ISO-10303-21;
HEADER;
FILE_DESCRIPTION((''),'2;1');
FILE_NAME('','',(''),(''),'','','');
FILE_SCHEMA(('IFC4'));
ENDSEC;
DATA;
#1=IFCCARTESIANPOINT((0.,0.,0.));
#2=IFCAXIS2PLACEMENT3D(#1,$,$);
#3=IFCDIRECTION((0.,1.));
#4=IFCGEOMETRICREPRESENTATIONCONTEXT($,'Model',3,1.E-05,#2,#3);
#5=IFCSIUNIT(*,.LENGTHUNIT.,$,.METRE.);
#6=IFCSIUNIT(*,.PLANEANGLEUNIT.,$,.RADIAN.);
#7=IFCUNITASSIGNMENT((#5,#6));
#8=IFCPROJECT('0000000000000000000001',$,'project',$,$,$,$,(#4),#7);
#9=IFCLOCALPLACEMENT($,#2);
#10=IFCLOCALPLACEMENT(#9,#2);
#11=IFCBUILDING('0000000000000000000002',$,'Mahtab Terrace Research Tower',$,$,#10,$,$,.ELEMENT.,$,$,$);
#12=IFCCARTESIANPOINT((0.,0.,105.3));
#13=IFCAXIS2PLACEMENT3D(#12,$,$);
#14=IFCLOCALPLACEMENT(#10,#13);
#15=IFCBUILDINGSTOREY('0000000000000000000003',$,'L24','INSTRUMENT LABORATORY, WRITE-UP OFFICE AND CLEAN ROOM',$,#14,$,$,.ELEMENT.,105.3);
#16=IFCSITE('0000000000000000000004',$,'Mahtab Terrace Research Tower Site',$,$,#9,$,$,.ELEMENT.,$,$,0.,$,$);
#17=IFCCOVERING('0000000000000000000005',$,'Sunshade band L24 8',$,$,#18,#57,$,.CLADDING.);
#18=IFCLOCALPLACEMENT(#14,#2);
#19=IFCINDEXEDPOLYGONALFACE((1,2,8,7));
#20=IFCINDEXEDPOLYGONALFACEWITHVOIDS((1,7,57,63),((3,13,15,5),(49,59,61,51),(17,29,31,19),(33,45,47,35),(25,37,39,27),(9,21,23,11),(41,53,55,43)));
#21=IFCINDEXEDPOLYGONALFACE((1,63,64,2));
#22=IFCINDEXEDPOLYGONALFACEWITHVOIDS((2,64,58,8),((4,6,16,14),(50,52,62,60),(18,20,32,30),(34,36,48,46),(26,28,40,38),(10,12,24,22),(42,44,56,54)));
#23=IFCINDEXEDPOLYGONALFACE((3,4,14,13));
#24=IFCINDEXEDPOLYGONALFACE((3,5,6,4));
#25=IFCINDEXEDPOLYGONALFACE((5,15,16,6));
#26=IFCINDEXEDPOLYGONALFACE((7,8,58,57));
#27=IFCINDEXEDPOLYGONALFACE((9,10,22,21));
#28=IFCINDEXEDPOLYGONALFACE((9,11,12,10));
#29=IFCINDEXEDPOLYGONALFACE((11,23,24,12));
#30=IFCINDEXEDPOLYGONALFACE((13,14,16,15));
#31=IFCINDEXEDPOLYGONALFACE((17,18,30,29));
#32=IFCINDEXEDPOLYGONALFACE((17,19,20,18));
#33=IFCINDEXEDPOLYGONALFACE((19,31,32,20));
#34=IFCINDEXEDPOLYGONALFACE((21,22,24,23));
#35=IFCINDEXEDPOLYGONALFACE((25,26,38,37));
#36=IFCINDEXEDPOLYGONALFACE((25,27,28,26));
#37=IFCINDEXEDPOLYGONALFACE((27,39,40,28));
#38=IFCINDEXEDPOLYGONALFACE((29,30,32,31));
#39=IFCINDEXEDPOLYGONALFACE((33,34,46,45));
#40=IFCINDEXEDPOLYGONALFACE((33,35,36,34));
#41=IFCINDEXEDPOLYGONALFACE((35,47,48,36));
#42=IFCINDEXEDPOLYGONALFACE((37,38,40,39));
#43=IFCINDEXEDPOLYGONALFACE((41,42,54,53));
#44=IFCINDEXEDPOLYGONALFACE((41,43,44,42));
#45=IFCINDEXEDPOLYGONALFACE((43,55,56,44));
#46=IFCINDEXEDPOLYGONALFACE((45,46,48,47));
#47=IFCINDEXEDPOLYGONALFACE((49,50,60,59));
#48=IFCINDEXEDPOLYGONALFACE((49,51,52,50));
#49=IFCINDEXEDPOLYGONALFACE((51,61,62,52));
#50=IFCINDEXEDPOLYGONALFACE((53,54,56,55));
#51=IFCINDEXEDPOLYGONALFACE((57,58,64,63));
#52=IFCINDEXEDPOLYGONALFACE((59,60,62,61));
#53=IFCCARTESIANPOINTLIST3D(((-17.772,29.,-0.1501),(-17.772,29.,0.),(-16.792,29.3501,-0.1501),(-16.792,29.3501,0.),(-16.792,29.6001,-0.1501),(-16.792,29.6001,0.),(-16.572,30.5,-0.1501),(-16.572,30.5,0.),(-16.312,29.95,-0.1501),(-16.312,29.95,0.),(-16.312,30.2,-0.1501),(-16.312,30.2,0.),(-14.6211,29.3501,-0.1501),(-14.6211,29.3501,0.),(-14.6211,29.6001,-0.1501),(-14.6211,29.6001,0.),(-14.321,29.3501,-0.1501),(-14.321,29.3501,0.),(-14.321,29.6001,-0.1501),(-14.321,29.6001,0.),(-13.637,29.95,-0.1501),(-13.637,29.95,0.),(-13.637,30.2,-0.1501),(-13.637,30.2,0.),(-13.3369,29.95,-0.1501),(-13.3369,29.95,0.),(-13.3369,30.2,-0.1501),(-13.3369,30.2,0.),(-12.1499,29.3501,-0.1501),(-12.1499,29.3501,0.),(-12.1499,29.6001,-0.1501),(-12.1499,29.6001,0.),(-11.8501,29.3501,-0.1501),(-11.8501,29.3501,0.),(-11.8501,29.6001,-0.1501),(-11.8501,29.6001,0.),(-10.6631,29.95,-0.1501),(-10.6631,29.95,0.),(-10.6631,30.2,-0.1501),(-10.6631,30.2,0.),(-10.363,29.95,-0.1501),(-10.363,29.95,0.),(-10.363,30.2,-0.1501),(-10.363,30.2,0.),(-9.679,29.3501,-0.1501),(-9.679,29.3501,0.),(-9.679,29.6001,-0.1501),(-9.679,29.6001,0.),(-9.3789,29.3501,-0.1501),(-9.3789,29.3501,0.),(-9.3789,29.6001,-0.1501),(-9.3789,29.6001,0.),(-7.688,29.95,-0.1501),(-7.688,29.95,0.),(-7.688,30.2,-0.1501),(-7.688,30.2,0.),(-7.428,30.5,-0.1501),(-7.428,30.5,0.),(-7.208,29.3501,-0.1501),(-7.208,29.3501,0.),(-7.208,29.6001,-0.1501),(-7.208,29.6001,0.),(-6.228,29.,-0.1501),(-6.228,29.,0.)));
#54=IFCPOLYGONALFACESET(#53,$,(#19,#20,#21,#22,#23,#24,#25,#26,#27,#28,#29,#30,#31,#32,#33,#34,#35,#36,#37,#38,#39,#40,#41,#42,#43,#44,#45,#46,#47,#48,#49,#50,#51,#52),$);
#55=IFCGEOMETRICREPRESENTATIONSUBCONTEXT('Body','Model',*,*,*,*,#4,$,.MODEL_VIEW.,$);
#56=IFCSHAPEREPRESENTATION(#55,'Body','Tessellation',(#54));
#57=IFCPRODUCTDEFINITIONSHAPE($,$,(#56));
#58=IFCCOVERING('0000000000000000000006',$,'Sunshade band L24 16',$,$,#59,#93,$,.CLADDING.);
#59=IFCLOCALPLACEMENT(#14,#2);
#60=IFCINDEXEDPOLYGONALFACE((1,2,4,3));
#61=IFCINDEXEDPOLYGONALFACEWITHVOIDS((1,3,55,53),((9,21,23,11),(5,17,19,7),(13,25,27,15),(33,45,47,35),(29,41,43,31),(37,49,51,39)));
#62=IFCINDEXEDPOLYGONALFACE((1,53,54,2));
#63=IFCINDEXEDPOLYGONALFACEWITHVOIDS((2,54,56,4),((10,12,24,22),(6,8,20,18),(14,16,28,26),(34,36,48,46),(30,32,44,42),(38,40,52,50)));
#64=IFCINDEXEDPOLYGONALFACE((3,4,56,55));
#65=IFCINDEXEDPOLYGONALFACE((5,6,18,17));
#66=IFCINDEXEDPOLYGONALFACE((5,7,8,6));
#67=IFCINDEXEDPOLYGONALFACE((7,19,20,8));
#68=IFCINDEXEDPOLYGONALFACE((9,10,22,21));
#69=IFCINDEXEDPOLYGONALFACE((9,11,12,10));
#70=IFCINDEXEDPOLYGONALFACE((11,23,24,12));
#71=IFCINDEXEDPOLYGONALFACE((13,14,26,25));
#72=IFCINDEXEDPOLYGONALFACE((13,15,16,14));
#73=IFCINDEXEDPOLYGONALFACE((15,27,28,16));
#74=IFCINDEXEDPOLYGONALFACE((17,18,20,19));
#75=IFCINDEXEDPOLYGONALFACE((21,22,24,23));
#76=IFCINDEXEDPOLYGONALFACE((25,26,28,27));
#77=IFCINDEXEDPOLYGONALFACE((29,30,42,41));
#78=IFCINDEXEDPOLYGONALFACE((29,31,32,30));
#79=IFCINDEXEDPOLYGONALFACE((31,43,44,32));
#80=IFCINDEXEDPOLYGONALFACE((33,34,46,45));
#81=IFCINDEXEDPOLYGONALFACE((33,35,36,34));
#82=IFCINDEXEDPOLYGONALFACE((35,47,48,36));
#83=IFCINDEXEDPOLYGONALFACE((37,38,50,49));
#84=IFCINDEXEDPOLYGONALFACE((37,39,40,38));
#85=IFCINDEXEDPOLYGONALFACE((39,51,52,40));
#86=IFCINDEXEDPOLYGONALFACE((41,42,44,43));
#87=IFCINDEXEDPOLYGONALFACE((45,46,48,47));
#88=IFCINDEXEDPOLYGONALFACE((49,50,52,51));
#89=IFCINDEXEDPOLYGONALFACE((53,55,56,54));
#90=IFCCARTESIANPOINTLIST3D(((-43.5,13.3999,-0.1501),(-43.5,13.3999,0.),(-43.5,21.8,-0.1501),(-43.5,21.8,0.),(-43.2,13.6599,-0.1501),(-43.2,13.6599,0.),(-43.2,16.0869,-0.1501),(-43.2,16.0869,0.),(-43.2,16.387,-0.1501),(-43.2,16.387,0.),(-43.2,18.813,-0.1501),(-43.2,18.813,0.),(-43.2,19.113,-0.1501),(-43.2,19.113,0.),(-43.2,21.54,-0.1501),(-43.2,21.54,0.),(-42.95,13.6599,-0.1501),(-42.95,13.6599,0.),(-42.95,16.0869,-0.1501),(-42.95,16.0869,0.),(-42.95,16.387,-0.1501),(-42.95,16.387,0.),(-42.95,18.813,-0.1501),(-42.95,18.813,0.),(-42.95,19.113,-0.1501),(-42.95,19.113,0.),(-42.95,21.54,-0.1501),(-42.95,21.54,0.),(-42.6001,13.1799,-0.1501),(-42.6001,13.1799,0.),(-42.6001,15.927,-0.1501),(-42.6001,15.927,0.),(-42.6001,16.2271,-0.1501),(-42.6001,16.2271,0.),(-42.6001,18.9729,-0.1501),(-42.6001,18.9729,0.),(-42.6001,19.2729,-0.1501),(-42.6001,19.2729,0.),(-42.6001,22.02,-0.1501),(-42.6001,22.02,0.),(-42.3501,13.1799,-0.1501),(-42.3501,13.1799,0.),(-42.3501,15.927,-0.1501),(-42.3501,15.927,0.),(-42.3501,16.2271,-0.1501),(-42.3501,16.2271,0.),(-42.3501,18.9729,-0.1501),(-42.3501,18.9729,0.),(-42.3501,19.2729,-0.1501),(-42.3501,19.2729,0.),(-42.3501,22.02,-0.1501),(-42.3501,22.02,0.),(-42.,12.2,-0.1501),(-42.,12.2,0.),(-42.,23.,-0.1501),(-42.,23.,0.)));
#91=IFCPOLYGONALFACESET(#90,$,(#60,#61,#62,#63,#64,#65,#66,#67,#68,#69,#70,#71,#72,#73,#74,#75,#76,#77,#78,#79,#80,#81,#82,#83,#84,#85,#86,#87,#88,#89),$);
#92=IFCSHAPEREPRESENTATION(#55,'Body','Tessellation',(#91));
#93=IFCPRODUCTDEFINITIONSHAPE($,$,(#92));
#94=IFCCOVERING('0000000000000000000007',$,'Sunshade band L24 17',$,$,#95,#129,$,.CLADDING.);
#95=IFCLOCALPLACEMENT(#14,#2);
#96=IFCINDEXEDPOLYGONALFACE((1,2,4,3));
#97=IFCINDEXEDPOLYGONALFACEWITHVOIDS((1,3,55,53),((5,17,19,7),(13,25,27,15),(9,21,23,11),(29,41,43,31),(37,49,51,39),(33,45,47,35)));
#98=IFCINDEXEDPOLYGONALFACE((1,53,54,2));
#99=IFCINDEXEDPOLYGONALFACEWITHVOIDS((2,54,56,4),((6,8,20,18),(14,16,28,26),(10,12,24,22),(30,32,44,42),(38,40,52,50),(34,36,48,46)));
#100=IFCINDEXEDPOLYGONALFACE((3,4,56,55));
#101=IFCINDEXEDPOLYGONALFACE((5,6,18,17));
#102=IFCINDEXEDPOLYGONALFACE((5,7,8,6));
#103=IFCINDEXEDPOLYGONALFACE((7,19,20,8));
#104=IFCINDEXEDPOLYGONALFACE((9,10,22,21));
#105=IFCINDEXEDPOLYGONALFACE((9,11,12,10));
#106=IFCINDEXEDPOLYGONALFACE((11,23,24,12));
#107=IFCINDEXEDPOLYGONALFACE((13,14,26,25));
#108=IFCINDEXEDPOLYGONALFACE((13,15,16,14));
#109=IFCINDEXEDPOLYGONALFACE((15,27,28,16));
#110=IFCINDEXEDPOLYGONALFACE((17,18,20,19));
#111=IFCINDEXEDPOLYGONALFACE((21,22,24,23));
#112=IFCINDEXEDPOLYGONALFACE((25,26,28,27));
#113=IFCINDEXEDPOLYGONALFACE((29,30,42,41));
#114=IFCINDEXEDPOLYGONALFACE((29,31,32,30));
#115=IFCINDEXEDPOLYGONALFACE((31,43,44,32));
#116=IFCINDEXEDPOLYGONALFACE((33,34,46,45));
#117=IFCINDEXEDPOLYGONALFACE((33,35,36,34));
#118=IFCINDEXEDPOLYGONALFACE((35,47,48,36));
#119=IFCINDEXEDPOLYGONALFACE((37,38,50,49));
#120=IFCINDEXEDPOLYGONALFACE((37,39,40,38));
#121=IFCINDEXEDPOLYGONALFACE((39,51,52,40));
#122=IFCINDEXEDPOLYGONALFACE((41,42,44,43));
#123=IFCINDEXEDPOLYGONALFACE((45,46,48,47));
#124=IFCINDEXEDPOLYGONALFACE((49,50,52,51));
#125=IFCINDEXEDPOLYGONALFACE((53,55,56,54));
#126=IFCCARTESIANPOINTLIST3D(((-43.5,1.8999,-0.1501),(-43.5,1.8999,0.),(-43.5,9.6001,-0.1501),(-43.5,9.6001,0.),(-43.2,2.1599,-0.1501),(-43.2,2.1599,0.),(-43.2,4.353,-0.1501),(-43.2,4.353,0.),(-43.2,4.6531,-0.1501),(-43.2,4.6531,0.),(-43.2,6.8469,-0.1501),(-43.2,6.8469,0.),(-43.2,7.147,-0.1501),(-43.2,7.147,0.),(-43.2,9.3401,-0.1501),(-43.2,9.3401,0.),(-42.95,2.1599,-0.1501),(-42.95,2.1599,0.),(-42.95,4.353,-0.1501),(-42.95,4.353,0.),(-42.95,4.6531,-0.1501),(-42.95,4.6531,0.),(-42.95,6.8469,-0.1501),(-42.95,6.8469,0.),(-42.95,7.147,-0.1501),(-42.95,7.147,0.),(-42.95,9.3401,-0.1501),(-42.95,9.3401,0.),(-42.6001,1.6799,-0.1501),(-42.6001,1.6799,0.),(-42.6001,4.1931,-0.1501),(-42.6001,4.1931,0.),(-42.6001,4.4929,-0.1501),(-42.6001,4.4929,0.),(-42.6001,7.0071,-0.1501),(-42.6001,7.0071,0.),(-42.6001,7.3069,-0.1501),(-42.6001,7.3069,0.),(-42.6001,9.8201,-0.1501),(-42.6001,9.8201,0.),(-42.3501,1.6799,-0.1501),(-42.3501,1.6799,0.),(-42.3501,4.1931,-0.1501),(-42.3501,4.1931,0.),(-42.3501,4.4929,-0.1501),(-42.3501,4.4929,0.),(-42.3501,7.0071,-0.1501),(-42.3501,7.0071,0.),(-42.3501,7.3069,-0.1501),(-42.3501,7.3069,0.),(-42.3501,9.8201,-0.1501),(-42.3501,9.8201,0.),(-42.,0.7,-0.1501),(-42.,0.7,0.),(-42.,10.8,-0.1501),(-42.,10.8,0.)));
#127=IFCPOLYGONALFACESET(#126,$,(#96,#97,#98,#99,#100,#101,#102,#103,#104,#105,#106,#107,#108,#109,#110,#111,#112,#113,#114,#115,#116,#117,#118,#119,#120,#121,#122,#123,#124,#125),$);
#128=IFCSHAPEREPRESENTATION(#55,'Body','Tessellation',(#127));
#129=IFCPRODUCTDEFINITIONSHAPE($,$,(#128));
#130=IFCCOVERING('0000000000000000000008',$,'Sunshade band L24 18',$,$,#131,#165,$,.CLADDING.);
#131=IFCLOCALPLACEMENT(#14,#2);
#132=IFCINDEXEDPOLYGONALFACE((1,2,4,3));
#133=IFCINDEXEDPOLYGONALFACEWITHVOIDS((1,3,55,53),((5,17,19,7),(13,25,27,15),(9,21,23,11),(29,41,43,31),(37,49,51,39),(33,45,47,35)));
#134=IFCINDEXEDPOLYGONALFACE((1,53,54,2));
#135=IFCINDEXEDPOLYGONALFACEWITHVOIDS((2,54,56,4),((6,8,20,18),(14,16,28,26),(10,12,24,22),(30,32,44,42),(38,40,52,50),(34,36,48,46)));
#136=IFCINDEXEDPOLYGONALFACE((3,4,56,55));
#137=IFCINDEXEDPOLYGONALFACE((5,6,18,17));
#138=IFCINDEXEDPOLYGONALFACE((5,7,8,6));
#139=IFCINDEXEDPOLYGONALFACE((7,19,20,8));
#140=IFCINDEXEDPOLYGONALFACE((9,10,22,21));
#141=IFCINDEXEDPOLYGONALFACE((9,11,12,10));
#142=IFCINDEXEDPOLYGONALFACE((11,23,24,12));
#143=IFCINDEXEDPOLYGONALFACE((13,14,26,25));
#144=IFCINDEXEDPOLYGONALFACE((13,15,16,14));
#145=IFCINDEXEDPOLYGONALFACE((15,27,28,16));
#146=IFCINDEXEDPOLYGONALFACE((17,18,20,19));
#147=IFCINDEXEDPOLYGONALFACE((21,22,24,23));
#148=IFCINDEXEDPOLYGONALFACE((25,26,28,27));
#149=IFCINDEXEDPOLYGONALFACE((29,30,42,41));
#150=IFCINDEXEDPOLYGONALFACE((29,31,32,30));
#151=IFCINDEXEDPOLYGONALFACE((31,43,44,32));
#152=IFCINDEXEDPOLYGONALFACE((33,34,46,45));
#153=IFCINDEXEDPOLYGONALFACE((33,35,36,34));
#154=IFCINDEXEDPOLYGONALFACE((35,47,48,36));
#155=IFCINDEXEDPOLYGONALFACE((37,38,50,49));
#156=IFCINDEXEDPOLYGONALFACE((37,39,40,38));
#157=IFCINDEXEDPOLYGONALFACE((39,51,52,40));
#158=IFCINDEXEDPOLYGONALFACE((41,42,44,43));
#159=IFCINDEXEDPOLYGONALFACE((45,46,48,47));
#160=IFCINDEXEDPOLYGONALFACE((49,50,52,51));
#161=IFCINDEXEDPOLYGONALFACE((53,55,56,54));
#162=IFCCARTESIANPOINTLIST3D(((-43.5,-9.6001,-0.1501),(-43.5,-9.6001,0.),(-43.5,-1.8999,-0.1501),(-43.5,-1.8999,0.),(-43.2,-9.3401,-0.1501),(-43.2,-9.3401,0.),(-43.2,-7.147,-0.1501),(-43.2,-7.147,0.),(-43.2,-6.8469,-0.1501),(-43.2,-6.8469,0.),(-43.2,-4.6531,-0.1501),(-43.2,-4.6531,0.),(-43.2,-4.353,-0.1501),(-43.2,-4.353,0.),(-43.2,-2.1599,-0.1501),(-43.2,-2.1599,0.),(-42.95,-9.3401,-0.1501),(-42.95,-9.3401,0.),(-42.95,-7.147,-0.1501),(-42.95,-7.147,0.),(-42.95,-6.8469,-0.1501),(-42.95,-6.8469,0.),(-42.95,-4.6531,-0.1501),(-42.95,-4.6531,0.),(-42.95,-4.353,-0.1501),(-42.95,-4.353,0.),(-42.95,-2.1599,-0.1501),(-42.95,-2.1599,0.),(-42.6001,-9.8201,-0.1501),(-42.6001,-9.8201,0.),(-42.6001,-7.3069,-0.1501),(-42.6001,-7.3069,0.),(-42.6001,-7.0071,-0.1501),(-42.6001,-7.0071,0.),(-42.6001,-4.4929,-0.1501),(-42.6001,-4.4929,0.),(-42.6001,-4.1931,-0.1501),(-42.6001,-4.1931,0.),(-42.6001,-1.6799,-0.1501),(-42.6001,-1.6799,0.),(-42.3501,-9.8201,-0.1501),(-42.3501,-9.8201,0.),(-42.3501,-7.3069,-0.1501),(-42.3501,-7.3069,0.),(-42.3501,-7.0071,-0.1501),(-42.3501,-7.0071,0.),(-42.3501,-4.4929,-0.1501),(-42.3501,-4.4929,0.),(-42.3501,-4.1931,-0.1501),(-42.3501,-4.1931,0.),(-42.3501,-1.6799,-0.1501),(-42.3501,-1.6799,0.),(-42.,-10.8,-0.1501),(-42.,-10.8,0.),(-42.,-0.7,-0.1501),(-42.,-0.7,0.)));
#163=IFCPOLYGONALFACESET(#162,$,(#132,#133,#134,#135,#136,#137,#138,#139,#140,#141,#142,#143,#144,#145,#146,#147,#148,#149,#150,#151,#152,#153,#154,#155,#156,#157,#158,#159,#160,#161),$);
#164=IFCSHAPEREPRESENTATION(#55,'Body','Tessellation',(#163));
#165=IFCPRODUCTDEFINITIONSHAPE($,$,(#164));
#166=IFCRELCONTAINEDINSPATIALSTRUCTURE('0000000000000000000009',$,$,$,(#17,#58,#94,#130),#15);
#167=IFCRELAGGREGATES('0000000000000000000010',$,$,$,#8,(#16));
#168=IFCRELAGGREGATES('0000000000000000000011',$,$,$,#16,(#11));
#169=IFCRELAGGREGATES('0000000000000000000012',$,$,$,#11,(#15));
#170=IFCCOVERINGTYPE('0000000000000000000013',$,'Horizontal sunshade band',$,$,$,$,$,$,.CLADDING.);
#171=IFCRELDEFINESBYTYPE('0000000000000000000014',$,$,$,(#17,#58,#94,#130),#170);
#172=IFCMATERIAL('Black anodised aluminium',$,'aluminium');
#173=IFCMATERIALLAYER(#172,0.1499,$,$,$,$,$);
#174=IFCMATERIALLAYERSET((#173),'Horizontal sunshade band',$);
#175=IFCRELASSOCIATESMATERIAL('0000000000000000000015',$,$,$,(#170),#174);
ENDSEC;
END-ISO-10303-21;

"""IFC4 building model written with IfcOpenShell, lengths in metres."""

from ifc_helpers import new_model, si_unit, direction, frame, origin, place, context, subcontext, project, spatial, polyline, outline, extrude, material, layer, layer_set, type_object, element, save


model = new_model("IFC4")

# Units and contexts
model_context = context("Model", 3, precision=1e-05, world=origin(), true_north=direction((0.0, 1.0)))
body_context = subcontext(model_context, "Body", "Model", "MODEL_VIEW")
ifc_project = project(units=[si_unit("LENGTHUNIT", "METRE"), si_unit("PLANEANGLEUNIT", "RADIAN")], contexts=[model_context])

# Site, building, storey
site_placement = place(None, origin())
site = spatial("IfcSite", under=ifc_project, at=site_placement, Name="Mahtab Terrace Research Tower Site", CompositionType="ELEMENT", RefElevation=0.0)
building_placement = place(site_placement, origin())
building = spatial("IfcBuilding", under=site, at=building_placement, Name="Mahtab Terrace Research Tower", CompositionType="ELEMENT")
storey_placement = place(building_placement, frame((0.0, 0.0, 105.3)))
storey = spatial("IfcBuildingStorey", under=building, at=storey_placement, Name="L24", Description="INSTRUMENT LABORATORY, WRITE-UP OFFICE AND CLEAN ROOM", CompositionType="ELEMENT", Elevation=105.3)

# Coverings
ifc_material_1 = material(Name="Black anodised aluminium", Category="aluminium")
ifc_layer_1 = layer(ifc_material_1, 0.1499)
ifc_layer_set_1 = layer_set([ifc_layer_1], Name="Horizontal sunshade band")
covering_type_1 = type_object("IfcCoveringType", Name="Horizontal sunshade band", PredefinedType="CLADDING", material=ifc_layer_set_1)
covering_1_placement = place(storey_placement, frame((0.0, 0.0, -0.1501)))
element("IfcCovering", 1, at=covering_1_placement, inside=storey, type_object=covering_type_1, Name="Sunshade band L24 8", PredefinedType="CLADDING", context=body_context, shape_type="SweptSolid", body=[
    extrude(outline(polyline([(-6.228, 29.0), (-17.772, 29.0), (-16.572, 30.5), (-7.428, 30.5), (-6.228, 29.0)]), holes=[polyline([(-7.208, 29.3501), (-9.3789, 29.3501), (-9.3789, 29.6001), (-7.208, 29.6001), (-7.208, 29.3501)]), polyline([(-9.679, 29.3501), (-11.8501, 29.3501), (-11.8501, 29.6001), (-9.679, 29.6001), (-9.679, 29.3501)]), polyline([(-12.1499, 29.3501), (-14.321, 29.3501), (-14.321, 29.6001), (-12.1499, 29.6001), (-12.1499, 29.3501)]), polyline([(-14.6211, 29.3501), (-16.792, 29.3501), (-16.792, 29.6001), (-14.6211, 29.6001), (-14.6211, 29.3501)]), polyline([(-7.688, 29.95), (-10.363, 29.95), (-10.363, 30.2), (-7.688, 30.2), (-7.688, 29.95)]), polyline([(-10.6631, 29.95), (-13.3369, 29.95), (-13.3369, 30.2), (-10.6631, 30.2), (-10.6631, 29.95)]), polyline([(-13.637, 29.95), (-16.312, 29.95), (-16.312, 30.2), (-13.637, 30.2), (-13.637, 29.95)])]), origin(), (0.0, 0.0, 1.0), 0.1501),
])
covering_2_placement = place(storey_placement, frame((0.0, 0.0, -0.1501)))
element("IfcCovering", 2, at=covering_2_placement, inside=storey, type_object=covering_type_1, Name="Sunshade band L24 16", PredefinedType="CLADDING", context=body_context, shape_type="SweptSolid", body=[
    extrude(outline(polyline([(-42.0, 23.0), (-42.0, 12.2), (-43.5, 13.3999), (-43.5, 21.8), (-42.0, 23.0)]), holes=[polyline([(-42.3501, 22.02), (-42.3501, 19.2729), (-42.6001, 19.2729), (-42.6001, 22.02), (-42.3501, 22.02)]), polyline([(-42.3501, 18.9729), (-42.3501, 16.2271), (-42.6001, 16.2271), (-42.6001, 18.9729), (-42.3501, 18.9729)]), polyline([(-42.3501, 15.927), (-42.3501, 13.1799), (-42.6001, 13.1799), (-42.6001, 15.927), (-42.3501, 15.927)]), polyline([(-42.95, 21.54), (-42.95, 19.113), (-43.2, 19.113), (-43.2, 21.54), (-42.95, 21.54)]), polyline([(-42.95, 18.813), (-42.95, 16.387), (-43.2, 16.387), (-43.2, 18.813), (-42.95, 18.813)]), polyline([(-42.95, 16.0869), (-42.95, 13.6599), (-43.2, 13.6599), (-43.2, 16.0869), (-42.95, 16.0869)])]), origin(), (0.0, 0.0, 1.0), 0.1501),
])
covering_3_placement = place(storey_placement, frame((0.0, 0.0, -0.1501)))
element("IfcCovering", 3, at=covering_3_placement, inside=storey, type_object=covering_type_1, Name="Sunshade band L24 17", PredefinedType="CLADDING", context=body_context, shape_type="SweptSolid", body=[
    extrude(outline(polyline([(-42.0, 10.8), (-42.0, 0.7), (-43.5, 1.8999), (-43.5, 9.6001), (-42.0, 10.8)]), holes=[polyline([(-42.3501, 9.8201), (-42.3501, 7.3069), (-42.6001, 7.3069), (-42.6001, 9.8201), (-42.3501, 9.8201)]), polyline([(-42.3501, 7.0071), (-42.3501, 4.4929), (-42.6001, 4.4929), (-42.6001, 7.0071), (-42.3501, 7.0071)]), polyline([(-42.3501, 4.1931), (-42.3501, 1.6799), (-42.6001, 1.6799), (-42.6001, 4.1931), (-42.3501, 4.1931)]), polyline([(-42.95, 9.3401), (-42.95, 7.147), (-43.2, 7.147), (-43.2, 9.3401), (-42.95, 9.3401)]), polyline([(-42.95, 6.8469), (-42.95, 4.6531), (-43.2, 4.6531), (-43.2, 6.8469), (-42.95, 6.8469)]), polyline([(-42.95, 4.353), (-42.95, 2.1599), (-43.2, 2.1599), (-43.2, 4.353), (-42.95, 4.353)])]), origin(), (0.0, 0.0, 1.0), 0.1501),
])
covering_4_placement = place(storey_placement, frame((0.0, 0.0, -0.1501)))
element("IfcCovering", 4, at=covering_4_placement, inside=storey, type_object=covering_type_1, Name="Sunshade band L24 18", PredefinedType="CLADDING", context=body_context, shape_type="SweptSolid", body=[
    extrude(outline(polyline([(-42.0, -0.7), (-42.0, -10.8), (-43.5, -9.6001), (-43.5, -1.8999), (-42.0, -0.7)]), holes=[polyline([(-42.3501, -1.6799), (-42.3501, -4.1931), (-42.6001, -4.1931), (-42.6001, -1.6799), (-42.3501, -1.6799)]), polyline([(-42.3501, -4.4929), (-42.3501, -7.0071), (-42.6001, -7.0071), (-42.6001, -4.4929), (-42.3501, -4.4929)]), polyline([(-42.3501, -7.3069), (-42.3501, -9.8201), (-42.6001, -9.8201), (-42.6001, -7.3069), (-42.3501, -7.3069)]), polyline([(-42.95, -2.1599), (-42.95, -4.353), (-43.2, -4.353), (-43.2, -2.1599), (-42.95, -2.1599)]), polyline([(-42.95, -4.6531), (-42.95, -6.8469), (-43.2, -6.8469), (-43.2, -4.6531), (-42.95, -4.6531)]), polyline([(-42.95, -7.147), (-42.95, -9.3401), (-43.2, -9.3401), (-43.2, -7.147), (-42.95, -7.147)])]), origin(), (0.0, 0.0, 1.0), 0.1501),
])

save(model, "model.ifc")
